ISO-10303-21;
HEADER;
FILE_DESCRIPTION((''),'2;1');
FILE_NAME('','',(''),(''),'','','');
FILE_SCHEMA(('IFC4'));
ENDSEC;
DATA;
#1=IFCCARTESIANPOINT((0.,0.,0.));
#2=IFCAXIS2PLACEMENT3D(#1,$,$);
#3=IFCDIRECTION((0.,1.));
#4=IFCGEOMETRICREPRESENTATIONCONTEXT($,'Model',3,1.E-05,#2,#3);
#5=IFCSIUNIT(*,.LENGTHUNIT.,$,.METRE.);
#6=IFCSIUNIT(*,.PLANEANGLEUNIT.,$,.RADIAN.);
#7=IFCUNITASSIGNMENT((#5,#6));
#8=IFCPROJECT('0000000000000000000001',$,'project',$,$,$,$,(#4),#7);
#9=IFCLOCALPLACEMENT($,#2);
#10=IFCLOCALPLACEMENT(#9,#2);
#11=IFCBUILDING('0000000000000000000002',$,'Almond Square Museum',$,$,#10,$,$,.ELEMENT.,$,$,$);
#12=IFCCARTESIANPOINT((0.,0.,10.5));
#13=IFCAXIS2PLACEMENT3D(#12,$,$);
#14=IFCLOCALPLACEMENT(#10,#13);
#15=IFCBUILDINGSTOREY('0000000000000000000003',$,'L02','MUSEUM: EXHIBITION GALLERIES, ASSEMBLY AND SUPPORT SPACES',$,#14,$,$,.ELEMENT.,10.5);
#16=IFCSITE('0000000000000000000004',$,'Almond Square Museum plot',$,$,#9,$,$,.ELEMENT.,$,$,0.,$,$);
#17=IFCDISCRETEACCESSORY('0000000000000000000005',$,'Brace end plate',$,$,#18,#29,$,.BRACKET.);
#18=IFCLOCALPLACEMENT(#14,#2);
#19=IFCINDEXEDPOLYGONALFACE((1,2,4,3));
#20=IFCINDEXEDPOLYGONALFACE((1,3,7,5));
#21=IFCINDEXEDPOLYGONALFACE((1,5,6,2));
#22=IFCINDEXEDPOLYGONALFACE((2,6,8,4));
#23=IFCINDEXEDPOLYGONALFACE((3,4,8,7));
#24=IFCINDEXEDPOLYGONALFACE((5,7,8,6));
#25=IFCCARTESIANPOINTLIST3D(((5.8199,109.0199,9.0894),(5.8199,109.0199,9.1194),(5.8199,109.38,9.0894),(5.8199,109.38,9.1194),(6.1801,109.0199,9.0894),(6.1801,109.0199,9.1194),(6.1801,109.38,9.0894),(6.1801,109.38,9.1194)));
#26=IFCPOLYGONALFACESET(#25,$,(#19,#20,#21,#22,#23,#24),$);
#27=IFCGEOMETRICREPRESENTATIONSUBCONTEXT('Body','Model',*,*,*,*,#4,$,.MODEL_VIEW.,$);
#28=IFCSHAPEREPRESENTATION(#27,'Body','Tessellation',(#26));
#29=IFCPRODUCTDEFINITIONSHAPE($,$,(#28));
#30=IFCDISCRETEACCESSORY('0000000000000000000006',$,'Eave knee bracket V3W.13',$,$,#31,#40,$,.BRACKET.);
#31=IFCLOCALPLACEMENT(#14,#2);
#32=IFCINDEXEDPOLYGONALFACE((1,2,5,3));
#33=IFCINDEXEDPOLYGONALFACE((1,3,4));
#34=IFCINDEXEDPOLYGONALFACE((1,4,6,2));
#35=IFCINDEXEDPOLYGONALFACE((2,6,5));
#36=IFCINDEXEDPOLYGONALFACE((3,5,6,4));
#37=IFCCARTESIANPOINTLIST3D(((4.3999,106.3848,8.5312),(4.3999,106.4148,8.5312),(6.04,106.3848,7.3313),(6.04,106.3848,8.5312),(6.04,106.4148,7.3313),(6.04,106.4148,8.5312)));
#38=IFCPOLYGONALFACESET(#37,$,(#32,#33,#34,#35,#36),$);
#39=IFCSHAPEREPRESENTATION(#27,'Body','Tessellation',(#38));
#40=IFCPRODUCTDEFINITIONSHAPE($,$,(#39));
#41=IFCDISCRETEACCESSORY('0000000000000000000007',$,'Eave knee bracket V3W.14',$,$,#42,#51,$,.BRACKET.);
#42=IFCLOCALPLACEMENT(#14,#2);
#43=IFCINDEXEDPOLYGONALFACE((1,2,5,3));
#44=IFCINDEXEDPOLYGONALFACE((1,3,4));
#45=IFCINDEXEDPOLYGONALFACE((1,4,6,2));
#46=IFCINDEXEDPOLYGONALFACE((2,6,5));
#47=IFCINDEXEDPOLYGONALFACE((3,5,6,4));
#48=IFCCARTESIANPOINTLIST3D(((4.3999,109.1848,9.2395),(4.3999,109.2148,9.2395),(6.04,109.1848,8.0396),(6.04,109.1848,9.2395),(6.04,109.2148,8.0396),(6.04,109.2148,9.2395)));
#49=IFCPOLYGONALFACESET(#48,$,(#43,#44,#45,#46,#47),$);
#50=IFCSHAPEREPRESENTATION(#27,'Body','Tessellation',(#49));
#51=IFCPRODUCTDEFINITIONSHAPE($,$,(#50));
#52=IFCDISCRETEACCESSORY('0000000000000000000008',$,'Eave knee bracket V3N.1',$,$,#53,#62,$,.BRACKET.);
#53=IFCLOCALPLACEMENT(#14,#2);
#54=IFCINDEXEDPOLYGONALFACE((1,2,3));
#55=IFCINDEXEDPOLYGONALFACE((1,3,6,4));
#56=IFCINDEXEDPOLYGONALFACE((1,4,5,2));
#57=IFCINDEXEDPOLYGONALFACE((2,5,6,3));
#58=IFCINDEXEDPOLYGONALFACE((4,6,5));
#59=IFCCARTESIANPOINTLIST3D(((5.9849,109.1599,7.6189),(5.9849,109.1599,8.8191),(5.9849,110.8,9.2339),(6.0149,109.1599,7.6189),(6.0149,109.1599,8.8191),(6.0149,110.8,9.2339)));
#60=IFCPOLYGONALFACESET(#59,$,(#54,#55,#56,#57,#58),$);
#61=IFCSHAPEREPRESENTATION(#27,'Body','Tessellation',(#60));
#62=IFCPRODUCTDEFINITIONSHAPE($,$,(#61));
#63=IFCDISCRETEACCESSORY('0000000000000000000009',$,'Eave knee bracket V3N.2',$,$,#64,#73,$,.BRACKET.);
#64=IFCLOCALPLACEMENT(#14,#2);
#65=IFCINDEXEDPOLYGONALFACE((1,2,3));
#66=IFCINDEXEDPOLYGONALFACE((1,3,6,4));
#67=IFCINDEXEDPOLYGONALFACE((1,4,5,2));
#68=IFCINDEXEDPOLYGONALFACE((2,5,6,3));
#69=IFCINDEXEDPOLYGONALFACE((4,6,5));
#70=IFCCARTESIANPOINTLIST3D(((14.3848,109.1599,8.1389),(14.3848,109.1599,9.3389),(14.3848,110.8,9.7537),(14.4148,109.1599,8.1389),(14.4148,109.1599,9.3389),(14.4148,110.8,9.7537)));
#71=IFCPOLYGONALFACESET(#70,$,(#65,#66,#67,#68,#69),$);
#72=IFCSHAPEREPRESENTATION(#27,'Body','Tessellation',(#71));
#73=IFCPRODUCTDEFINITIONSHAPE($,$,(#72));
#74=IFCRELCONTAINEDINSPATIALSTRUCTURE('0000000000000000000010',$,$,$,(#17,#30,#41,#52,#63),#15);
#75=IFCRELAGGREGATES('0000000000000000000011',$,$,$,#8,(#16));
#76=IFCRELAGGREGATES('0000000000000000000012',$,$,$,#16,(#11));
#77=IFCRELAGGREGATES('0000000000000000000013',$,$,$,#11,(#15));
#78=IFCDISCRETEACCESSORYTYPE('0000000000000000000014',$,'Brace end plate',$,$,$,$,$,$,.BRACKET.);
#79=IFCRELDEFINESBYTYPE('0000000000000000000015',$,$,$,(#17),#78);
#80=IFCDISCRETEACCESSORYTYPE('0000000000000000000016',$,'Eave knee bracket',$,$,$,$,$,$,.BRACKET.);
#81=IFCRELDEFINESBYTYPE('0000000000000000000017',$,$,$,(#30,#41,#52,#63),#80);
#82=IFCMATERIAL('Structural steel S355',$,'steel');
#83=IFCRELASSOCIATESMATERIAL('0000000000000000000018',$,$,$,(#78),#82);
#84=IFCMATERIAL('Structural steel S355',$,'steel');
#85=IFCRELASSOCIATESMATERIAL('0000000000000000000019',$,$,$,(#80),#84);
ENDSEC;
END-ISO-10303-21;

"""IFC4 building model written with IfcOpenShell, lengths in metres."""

from ifc_helpers import new_model, si_unit, direction, frame, origin, origin_2d, place, context, subcontext, project, spatial, polyline, rectangle, outline, extrude, material, type_object, element, save


model = new_model("IFC4")

# Units and contexts
model_context = context("Model", 3, precision=1e-05, world=origin(), true_north=direction((0.0, 1.0)))
body_context = subcontext(model_context, "Body", "Model", "MODEL_VIEW")
ifc_project = project(units=[si_unit("LENGTHUNIT", "METRE"), si_unit("PLANEANGLEUNIT", "RADIAN")], contexts=[model_context])

# Site, building, storey
site_placement = place(None, origin())
site = spatial("IfcSite", under=ifc_project, at=site_placement, Name="Almond Square Museum plot", CompositionType="ELEMENT", RefElevation=0.0)
building_placement = place(site_placement, origin())
building = spatial("IfcBuilding", under=site, at=building_placement, Name="Almond Square Museum", CompositionType="ELEMENT")
storey_placement = place(building_placement, frame((0.0, 0.0, 10.5)))
storey = spatial("IfcBuildingStorey", under=building, at=storey_placement, Name="L02", Description="MUSEUM: EXHIBITION GALLERIES, ASSEMBLY AND SUPPORT SPACES", CompositionType="ELEMENT", Elevation=10.5)

# Discrete accessories
ifc_material_1 = material(Name="Structural steel S355", Category="steel")
discrete_accessory_type_1 = type_object("IfcDiscreteAccessoryType", Name="Brace end plate", PredefinedType="BRACKET", material=ifc_material_1)
discrete_accessory_1_placement = place(storey_placement, frame((6.0, 109.2, 9.0894), z_axis=(0.0, 0.0, 1.0), x_axis=(1.0, 0.0, 0.0)))
element("IfcDiscreteAccessory", 1, at=discrete_accessory_1_placement, inside=storey, type_object=discrete_accessory_type_1, Name="Brace end plate", PredefinedType="BRACKET", context=body_context, shape_type="SweptSolid", body=[
    extrude(rectangle(XDim=0.3601, YDim=0.3601, at=origin_2d()), origin(), (0.0, 0.0, 1.0), 0.03),
])
ifc_material_2 = material(Name="Structural steel S355", Category="steel")
discrete_accessory_type_2 = type_object("IfcDiscreteAccessoryType", Name="Eave knee bracket", PredefinedType="BRACKET", material=ifc_material_2)
for number, where, z_axis, x_axis, name in (
    (2, (6.04, 106.3999, 8.5312), (0.0, 1.0, 0.0), (0.0, 0.0, -1.0), "Eave knee bracket V3W.13"),
    (3, (6.04, 109.2, 9.2395), (0.0, 1.0, 0.0), (0.0, 0.0, -1.0), "Eave knee bracket V3W.14"),
):
    element("IfcDiscreteAccessory", number, at=place(storey_placement, frame(where, z_axis=z_axis, x_axis=x_axis)), inside=storey, type_object=discrete_accessory_type_2, Name=name, PredefinedType="BRACKET", context=body_context, shape_type="SweptSolid", body=[
        extrude(outline(polyline([(0.0, 0.0), (1.2, 0.0), (0.0, 1.6401), (0.0, 0.0)])), frame((0.0, 0.0, -0.0151)), (0.0, 0.0, 1.0), 0.03),
    ])
discrete_accessory_2_placement = place(storey_placement, frame((6.0, 109.1599, 8.8191), z_axis=(1.0, 0.0, 0.0), x_axis=(0.0, 0.0, -1.0)))
element("IfcDiscreteAccessory", 4, at=discrete_accessory_2_placement, inside=storey, type_object=discrete_accessory_type_2, Name="Eave knee bracket V3N.1", PredefinedType="BRACKET", context=body_context, shape_type="SweptSolid", body=[
    extrude(outline(polyline([(0.0, 0.0), (1.2002, 0.0), (-0.4148, 1.6401), (0.0, 0.0)])), frame((0.0, 0.0, -0.0151)), (0.0, 0.0, 1.0), 0.03),
])
discrete_accessory_3_placement = place(storey_placement, frame((14.3999, 109.1599, 9.3389), z_axis=(1.0, 0.0, 0.0), x_axis=(0.0, 0.0, -1.0)))
element("IfcDiscreteAccessory", 5, at=discrete_accessory_3_placement, inside=storey, type_object=discrete_accessory_type_2, Name="Eave knee bracket V3N.2", PredefinedType="BRACKET", context=body_context, shape_type="SweptSolid", body=[
    extrude(outline(polyline([(0.0, 0.0), (1.2, 0.0), (-0.4148, 1.6401), (0.0, 0.0)])), frame((0.0, 0.0, -0.0151)), (0.0, 0.0, 1.0), 0.03),
])

save(model, "model.ifc")
